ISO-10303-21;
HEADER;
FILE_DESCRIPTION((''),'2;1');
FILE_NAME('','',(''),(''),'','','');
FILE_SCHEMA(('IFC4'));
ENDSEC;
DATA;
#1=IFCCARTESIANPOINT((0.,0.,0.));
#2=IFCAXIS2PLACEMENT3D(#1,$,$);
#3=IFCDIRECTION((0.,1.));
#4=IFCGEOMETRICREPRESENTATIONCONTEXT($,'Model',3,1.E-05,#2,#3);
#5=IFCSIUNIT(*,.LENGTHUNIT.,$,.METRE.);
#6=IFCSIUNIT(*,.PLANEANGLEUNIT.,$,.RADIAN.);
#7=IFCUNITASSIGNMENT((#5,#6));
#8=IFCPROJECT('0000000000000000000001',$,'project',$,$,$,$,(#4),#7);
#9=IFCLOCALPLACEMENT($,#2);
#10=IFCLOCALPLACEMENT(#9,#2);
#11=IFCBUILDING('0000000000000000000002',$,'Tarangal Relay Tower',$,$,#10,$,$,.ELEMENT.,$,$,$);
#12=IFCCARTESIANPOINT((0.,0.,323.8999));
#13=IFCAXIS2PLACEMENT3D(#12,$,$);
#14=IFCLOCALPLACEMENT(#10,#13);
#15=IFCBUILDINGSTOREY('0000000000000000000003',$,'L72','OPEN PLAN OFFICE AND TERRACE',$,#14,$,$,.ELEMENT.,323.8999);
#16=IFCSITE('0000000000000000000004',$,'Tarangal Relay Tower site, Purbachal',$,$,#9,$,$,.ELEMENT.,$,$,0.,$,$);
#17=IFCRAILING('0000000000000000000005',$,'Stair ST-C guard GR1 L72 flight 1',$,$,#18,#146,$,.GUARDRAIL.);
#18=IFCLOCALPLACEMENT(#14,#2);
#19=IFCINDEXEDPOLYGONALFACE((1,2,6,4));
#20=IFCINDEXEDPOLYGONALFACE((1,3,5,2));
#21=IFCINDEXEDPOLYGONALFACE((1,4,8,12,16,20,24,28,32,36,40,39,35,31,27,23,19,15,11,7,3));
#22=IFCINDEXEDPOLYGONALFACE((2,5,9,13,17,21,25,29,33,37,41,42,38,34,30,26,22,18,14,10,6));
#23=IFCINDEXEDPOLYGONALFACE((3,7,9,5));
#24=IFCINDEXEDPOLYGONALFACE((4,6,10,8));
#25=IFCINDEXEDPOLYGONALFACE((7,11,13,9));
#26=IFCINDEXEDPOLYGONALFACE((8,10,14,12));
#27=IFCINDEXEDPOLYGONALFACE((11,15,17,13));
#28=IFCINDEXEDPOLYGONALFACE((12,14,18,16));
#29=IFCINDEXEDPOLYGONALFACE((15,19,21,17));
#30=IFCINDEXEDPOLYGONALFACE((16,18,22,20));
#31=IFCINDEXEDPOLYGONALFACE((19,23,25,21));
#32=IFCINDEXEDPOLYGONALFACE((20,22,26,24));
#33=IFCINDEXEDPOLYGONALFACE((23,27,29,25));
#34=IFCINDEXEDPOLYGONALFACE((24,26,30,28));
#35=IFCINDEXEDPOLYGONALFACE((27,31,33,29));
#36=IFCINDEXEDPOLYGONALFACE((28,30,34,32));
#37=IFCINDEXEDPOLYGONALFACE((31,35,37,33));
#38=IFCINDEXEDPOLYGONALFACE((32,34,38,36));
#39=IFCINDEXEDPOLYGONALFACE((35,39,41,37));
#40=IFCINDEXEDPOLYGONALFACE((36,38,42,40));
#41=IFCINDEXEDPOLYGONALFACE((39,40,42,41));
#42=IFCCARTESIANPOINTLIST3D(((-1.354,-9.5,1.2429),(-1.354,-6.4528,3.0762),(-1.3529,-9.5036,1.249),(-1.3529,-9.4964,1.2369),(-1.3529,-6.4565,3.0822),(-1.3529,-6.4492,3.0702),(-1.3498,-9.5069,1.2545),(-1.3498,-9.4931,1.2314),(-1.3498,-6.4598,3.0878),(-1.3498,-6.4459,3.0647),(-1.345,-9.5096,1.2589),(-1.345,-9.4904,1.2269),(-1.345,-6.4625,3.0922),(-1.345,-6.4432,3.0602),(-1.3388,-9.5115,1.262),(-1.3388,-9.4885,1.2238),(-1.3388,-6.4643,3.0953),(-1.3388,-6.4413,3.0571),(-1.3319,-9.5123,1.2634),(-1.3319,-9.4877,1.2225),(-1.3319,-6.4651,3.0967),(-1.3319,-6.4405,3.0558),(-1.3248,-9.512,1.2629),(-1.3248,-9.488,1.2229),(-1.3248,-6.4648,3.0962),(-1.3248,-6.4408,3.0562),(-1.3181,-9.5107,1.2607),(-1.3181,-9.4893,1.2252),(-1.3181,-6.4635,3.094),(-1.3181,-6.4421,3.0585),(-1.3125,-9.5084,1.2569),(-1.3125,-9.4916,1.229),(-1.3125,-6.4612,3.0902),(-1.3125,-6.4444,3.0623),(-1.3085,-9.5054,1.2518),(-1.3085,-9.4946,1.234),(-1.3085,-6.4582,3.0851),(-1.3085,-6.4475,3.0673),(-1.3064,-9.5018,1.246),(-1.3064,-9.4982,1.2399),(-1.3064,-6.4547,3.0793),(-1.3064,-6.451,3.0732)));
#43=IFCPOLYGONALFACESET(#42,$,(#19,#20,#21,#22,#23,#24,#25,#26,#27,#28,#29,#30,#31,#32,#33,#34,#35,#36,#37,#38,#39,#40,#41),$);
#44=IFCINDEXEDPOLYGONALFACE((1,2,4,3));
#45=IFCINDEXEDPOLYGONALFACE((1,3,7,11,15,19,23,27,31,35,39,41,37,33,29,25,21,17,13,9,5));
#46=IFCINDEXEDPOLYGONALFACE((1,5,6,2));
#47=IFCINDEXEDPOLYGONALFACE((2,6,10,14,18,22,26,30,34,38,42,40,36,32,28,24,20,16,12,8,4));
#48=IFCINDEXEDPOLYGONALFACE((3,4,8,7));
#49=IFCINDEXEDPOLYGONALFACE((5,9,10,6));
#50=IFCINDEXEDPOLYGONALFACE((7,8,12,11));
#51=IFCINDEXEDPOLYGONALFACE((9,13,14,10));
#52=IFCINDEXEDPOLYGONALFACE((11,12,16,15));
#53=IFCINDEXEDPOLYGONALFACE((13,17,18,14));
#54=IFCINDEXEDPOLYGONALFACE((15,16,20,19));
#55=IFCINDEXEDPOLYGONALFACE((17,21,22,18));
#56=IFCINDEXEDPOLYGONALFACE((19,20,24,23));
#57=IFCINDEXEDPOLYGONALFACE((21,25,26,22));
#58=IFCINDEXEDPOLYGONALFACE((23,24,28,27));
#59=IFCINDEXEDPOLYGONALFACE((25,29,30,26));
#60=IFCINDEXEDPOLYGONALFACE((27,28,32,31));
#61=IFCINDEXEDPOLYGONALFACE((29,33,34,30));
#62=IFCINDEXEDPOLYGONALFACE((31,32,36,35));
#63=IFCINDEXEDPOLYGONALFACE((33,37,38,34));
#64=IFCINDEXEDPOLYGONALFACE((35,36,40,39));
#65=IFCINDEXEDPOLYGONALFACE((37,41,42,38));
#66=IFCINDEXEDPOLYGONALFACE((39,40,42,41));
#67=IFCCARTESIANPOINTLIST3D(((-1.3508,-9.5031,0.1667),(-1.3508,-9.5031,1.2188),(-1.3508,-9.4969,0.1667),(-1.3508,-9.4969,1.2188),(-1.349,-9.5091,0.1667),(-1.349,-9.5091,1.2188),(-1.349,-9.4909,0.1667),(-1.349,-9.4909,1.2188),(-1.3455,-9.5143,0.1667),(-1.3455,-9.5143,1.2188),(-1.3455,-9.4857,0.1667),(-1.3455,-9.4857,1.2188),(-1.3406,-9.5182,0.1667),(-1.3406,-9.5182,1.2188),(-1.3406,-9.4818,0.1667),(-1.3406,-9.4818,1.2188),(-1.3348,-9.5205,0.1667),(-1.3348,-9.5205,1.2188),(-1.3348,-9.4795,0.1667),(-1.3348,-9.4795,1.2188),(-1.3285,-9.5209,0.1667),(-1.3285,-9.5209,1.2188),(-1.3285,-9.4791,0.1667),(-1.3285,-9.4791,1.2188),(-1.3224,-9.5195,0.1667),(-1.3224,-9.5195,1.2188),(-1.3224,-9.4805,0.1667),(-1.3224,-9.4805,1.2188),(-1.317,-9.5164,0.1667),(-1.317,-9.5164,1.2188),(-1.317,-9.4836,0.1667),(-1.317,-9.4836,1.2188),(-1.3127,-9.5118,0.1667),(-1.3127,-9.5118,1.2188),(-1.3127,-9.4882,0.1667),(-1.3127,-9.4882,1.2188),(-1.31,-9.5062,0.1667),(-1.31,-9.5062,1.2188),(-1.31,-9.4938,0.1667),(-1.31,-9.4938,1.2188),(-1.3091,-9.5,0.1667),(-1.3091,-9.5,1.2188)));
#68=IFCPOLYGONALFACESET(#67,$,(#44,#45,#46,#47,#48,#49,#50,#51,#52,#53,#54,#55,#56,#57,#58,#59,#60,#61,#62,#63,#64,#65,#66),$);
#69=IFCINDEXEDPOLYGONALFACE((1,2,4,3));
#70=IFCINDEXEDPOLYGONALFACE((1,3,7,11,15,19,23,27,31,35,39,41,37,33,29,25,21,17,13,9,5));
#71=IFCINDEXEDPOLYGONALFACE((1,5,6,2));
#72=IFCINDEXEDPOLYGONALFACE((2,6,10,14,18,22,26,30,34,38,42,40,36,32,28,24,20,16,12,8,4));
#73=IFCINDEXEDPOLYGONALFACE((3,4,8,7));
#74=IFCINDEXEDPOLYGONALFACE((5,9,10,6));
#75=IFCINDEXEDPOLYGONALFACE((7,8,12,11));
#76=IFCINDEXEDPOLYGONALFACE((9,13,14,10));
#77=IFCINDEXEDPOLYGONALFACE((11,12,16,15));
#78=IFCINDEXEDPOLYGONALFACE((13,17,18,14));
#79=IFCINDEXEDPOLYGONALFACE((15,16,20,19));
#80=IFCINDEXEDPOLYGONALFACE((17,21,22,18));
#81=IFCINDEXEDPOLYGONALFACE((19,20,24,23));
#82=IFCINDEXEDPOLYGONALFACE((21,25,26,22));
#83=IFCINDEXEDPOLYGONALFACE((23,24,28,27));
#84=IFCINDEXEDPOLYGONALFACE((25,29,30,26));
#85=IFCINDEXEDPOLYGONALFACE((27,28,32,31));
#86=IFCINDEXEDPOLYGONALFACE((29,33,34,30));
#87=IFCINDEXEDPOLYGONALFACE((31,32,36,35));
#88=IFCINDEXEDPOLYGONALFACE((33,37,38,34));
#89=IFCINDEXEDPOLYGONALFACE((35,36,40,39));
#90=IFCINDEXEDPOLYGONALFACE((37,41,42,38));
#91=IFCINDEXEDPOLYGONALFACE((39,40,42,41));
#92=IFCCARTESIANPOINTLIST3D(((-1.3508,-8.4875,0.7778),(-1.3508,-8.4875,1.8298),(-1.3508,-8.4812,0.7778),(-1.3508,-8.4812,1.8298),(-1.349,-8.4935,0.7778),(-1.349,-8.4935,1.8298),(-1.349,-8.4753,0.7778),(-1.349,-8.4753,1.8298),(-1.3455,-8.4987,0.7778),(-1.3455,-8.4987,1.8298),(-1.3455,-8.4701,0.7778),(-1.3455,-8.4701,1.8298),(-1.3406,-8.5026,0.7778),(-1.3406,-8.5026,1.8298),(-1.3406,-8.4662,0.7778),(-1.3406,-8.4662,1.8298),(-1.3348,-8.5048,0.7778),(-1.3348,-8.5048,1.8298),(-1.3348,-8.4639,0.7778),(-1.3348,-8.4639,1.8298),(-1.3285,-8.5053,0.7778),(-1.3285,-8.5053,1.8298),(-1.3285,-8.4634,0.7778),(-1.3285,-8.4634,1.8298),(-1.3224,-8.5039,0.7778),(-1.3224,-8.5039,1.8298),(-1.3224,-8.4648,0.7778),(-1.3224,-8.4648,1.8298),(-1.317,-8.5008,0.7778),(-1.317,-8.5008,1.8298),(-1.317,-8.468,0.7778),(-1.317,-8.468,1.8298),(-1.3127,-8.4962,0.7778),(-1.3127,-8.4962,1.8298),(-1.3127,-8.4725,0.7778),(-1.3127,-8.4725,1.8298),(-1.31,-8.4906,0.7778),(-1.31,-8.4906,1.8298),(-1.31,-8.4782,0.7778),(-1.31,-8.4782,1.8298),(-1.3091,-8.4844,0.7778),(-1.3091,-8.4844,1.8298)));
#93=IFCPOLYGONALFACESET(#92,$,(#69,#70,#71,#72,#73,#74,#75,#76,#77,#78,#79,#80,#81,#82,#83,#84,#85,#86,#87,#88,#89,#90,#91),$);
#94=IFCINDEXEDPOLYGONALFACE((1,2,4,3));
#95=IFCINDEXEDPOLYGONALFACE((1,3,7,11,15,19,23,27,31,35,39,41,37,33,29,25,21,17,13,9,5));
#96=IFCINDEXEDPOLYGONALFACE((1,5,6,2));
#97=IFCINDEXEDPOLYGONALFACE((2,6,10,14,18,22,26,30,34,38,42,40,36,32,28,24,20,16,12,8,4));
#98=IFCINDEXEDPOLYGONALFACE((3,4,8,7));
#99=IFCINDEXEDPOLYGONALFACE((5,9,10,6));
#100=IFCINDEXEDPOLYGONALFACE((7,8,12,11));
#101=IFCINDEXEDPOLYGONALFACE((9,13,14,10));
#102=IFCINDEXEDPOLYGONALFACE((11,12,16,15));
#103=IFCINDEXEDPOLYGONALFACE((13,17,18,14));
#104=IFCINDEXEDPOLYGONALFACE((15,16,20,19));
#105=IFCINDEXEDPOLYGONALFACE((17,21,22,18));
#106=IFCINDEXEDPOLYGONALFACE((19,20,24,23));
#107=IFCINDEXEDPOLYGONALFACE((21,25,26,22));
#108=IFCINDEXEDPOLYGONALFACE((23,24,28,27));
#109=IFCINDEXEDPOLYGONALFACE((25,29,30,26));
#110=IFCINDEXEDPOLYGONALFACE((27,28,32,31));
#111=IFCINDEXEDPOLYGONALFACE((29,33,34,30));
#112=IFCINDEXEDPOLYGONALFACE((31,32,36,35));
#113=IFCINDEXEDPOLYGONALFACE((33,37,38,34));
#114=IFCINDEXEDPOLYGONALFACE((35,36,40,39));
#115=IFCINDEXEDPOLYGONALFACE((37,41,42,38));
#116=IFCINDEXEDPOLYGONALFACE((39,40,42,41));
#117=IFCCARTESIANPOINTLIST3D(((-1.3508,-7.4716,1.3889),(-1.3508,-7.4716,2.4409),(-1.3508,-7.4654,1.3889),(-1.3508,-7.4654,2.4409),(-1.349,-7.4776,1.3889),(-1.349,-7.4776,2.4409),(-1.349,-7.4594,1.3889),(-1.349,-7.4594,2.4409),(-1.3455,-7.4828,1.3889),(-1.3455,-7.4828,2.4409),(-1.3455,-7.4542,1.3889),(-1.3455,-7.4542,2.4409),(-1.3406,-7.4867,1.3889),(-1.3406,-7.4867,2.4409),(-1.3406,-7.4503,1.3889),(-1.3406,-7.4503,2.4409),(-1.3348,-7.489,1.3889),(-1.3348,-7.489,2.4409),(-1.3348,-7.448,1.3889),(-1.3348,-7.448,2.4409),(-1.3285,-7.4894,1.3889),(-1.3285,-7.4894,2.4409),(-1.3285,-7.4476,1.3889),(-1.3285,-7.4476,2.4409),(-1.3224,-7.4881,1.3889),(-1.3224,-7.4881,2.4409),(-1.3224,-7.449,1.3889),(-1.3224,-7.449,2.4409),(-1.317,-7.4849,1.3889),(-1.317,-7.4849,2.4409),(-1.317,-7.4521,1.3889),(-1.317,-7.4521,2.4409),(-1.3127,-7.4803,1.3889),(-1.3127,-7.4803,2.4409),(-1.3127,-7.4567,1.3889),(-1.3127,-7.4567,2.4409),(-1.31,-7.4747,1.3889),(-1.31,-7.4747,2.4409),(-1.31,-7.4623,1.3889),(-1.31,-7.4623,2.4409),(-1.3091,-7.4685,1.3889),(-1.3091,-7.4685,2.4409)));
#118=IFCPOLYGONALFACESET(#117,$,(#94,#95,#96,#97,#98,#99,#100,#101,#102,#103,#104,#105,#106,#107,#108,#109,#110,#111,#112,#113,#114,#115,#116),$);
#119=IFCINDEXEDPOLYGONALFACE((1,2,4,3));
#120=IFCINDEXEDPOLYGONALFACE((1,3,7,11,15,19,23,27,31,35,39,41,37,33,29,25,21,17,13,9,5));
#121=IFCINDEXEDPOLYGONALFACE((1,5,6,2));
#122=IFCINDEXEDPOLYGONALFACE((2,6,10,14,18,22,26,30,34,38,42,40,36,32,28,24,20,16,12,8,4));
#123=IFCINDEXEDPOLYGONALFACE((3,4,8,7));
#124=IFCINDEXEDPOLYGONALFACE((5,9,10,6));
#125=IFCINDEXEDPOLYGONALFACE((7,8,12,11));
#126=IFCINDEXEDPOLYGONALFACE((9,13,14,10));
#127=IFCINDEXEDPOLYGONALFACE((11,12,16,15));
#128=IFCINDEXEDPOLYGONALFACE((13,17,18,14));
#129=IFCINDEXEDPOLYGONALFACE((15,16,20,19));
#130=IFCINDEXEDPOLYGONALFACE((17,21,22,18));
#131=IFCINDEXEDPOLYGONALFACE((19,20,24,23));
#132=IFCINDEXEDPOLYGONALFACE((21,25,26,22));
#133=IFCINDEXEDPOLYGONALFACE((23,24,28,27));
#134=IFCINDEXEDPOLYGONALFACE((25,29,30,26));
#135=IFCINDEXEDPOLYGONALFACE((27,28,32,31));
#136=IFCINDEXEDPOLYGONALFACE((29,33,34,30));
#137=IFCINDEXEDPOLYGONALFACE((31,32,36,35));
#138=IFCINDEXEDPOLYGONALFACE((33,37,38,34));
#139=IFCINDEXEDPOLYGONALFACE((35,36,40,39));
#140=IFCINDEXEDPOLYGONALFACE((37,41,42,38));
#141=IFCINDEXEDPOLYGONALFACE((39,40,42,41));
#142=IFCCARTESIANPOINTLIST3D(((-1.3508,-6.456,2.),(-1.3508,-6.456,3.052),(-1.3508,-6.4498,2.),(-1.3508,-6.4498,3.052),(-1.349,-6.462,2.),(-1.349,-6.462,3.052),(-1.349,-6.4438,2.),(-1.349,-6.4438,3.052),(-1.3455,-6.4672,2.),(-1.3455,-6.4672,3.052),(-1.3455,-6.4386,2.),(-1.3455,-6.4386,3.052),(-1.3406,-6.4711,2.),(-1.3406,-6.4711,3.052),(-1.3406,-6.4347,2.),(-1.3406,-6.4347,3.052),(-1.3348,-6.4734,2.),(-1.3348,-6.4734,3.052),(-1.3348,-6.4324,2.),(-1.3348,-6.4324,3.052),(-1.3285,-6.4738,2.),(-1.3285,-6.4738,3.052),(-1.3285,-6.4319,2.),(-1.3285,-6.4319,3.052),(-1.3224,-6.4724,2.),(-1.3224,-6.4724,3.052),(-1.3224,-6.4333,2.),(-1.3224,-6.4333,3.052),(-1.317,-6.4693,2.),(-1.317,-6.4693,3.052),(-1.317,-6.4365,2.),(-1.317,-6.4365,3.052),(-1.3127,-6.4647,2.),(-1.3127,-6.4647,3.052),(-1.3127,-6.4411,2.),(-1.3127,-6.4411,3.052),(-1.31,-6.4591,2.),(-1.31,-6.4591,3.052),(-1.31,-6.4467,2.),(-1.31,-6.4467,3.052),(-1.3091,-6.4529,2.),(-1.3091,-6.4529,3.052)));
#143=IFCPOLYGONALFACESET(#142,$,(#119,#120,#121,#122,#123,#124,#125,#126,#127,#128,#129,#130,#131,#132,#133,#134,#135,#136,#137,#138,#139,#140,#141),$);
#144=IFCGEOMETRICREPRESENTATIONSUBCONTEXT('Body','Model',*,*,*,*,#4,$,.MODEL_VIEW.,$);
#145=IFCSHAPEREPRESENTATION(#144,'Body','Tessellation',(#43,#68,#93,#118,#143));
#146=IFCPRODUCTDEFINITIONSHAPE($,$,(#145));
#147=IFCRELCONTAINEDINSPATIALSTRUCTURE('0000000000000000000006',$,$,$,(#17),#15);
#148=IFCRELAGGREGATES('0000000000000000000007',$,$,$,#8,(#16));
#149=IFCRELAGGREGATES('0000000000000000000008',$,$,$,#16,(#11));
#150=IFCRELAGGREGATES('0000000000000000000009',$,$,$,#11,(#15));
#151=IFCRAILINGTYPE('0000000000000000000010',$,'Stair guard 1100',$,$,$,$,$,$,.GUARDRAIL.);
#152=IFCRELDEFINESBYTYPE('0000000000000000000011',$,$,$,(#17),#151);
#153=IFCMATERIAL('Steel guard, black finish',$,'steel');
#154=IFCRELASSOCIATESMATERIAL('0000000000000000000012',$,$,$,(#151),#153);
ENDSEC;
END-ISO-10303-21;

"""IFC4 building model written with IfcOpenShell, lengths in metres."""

from ifc_helpers import new_model, si_unit, direction, frame, origin, origin_2d, place, context, subcontext, project, spatial, circle, extrude, material, type_object, element, save


model = new_model("IFC4")

# Units and contexts
model_context = context("Model", 3, precision=1e-05, world=origin(), true_north=direction((0.0, 1.0)))
body_context = subcontext(model_context, "Body", "Model", "MODEL_VIEW")
ifc_project = project(units=[si_unit("LENGTHUNIT", "METRE"), si_unit("PLANEANGLEUNIT", "RADIAN")], contexts=[model_context])

# Site, building, storey
site_placement = place(None, origin())
site = spatial("IfcSite", under=ifc_project, at=site_placement, Name="Tarangal Relay Tower site, Purbachal", CompositionType="ELEMENT", RefElevation=0.0)
building_placement = place(site_placement, origin())
building = spatial("IfcBuilding", under=site, at=building_placement, Name="Tarangal Relay Tower", CompositionType="ELEMENT")
storey_placement = place(building_placement, frame((0.0, 0.0, 323.8999)))
storey = spatial("IfcBuildingStorey", under=building, at=storey_placement, Name="L72", Description="OPEN PLAN OFFICE AND TERRACE", CompositionType="ELEMENT", Elevation=323.8999)

# Railing
ifc_material_1 = material(Name="Steel guard, black finish", Category="steel")
railing_type_1 = type_object("IfcRailingType", Name="Stair guard 1100", PredefinedType="GUARDRAIL", material=ifc_material_1)
railing_1_placement = place(storey_placement, frame((-1.3301, -9.5, 0.1667)))
element("IfcRailing", 1, at=railing_1_placement, inside=storey, type_object=railing_type_1, Name="Stair ST-C guard GR1 L72 flight 1", PredefinedType="GUARDRAIL", context=body_context, shape_type="SweptSolid", body=[
    extrude(circle(Radius=0.0239, at=origin_2d()), frame((0.0, 0.0, 1.0762), z_axis=(0.0, 0.856874, 0.515525), x_axis=(-1.0, 0.0, 0.0)), (0.0, 0.0, 1.0), 3.5562),
    extrude(circle(Radius=0.021, at=origin_2d()), origin(), (0.0, 0.0, 1.0), 1.052),
    extrude(circle(Radius=0.021, at=origin_2d()), frame((0.0, 1.0156, 0.6111)), (0.0, 0.0, 1.0), 1.052),
    extrude(circle(Radius=0.021, at=origin_2d()), frame((0.0, 2.0315, 1.2222)), (0.0, 0.0, 1.0), 1.052),
    extrude(circle(Radius=0.021, at=origin_2d()), frame((0.0, 3.0471, 1.8333)), (0.0, 0.0, 1.0), 1.052),
])

save(model, "model.ifc")
